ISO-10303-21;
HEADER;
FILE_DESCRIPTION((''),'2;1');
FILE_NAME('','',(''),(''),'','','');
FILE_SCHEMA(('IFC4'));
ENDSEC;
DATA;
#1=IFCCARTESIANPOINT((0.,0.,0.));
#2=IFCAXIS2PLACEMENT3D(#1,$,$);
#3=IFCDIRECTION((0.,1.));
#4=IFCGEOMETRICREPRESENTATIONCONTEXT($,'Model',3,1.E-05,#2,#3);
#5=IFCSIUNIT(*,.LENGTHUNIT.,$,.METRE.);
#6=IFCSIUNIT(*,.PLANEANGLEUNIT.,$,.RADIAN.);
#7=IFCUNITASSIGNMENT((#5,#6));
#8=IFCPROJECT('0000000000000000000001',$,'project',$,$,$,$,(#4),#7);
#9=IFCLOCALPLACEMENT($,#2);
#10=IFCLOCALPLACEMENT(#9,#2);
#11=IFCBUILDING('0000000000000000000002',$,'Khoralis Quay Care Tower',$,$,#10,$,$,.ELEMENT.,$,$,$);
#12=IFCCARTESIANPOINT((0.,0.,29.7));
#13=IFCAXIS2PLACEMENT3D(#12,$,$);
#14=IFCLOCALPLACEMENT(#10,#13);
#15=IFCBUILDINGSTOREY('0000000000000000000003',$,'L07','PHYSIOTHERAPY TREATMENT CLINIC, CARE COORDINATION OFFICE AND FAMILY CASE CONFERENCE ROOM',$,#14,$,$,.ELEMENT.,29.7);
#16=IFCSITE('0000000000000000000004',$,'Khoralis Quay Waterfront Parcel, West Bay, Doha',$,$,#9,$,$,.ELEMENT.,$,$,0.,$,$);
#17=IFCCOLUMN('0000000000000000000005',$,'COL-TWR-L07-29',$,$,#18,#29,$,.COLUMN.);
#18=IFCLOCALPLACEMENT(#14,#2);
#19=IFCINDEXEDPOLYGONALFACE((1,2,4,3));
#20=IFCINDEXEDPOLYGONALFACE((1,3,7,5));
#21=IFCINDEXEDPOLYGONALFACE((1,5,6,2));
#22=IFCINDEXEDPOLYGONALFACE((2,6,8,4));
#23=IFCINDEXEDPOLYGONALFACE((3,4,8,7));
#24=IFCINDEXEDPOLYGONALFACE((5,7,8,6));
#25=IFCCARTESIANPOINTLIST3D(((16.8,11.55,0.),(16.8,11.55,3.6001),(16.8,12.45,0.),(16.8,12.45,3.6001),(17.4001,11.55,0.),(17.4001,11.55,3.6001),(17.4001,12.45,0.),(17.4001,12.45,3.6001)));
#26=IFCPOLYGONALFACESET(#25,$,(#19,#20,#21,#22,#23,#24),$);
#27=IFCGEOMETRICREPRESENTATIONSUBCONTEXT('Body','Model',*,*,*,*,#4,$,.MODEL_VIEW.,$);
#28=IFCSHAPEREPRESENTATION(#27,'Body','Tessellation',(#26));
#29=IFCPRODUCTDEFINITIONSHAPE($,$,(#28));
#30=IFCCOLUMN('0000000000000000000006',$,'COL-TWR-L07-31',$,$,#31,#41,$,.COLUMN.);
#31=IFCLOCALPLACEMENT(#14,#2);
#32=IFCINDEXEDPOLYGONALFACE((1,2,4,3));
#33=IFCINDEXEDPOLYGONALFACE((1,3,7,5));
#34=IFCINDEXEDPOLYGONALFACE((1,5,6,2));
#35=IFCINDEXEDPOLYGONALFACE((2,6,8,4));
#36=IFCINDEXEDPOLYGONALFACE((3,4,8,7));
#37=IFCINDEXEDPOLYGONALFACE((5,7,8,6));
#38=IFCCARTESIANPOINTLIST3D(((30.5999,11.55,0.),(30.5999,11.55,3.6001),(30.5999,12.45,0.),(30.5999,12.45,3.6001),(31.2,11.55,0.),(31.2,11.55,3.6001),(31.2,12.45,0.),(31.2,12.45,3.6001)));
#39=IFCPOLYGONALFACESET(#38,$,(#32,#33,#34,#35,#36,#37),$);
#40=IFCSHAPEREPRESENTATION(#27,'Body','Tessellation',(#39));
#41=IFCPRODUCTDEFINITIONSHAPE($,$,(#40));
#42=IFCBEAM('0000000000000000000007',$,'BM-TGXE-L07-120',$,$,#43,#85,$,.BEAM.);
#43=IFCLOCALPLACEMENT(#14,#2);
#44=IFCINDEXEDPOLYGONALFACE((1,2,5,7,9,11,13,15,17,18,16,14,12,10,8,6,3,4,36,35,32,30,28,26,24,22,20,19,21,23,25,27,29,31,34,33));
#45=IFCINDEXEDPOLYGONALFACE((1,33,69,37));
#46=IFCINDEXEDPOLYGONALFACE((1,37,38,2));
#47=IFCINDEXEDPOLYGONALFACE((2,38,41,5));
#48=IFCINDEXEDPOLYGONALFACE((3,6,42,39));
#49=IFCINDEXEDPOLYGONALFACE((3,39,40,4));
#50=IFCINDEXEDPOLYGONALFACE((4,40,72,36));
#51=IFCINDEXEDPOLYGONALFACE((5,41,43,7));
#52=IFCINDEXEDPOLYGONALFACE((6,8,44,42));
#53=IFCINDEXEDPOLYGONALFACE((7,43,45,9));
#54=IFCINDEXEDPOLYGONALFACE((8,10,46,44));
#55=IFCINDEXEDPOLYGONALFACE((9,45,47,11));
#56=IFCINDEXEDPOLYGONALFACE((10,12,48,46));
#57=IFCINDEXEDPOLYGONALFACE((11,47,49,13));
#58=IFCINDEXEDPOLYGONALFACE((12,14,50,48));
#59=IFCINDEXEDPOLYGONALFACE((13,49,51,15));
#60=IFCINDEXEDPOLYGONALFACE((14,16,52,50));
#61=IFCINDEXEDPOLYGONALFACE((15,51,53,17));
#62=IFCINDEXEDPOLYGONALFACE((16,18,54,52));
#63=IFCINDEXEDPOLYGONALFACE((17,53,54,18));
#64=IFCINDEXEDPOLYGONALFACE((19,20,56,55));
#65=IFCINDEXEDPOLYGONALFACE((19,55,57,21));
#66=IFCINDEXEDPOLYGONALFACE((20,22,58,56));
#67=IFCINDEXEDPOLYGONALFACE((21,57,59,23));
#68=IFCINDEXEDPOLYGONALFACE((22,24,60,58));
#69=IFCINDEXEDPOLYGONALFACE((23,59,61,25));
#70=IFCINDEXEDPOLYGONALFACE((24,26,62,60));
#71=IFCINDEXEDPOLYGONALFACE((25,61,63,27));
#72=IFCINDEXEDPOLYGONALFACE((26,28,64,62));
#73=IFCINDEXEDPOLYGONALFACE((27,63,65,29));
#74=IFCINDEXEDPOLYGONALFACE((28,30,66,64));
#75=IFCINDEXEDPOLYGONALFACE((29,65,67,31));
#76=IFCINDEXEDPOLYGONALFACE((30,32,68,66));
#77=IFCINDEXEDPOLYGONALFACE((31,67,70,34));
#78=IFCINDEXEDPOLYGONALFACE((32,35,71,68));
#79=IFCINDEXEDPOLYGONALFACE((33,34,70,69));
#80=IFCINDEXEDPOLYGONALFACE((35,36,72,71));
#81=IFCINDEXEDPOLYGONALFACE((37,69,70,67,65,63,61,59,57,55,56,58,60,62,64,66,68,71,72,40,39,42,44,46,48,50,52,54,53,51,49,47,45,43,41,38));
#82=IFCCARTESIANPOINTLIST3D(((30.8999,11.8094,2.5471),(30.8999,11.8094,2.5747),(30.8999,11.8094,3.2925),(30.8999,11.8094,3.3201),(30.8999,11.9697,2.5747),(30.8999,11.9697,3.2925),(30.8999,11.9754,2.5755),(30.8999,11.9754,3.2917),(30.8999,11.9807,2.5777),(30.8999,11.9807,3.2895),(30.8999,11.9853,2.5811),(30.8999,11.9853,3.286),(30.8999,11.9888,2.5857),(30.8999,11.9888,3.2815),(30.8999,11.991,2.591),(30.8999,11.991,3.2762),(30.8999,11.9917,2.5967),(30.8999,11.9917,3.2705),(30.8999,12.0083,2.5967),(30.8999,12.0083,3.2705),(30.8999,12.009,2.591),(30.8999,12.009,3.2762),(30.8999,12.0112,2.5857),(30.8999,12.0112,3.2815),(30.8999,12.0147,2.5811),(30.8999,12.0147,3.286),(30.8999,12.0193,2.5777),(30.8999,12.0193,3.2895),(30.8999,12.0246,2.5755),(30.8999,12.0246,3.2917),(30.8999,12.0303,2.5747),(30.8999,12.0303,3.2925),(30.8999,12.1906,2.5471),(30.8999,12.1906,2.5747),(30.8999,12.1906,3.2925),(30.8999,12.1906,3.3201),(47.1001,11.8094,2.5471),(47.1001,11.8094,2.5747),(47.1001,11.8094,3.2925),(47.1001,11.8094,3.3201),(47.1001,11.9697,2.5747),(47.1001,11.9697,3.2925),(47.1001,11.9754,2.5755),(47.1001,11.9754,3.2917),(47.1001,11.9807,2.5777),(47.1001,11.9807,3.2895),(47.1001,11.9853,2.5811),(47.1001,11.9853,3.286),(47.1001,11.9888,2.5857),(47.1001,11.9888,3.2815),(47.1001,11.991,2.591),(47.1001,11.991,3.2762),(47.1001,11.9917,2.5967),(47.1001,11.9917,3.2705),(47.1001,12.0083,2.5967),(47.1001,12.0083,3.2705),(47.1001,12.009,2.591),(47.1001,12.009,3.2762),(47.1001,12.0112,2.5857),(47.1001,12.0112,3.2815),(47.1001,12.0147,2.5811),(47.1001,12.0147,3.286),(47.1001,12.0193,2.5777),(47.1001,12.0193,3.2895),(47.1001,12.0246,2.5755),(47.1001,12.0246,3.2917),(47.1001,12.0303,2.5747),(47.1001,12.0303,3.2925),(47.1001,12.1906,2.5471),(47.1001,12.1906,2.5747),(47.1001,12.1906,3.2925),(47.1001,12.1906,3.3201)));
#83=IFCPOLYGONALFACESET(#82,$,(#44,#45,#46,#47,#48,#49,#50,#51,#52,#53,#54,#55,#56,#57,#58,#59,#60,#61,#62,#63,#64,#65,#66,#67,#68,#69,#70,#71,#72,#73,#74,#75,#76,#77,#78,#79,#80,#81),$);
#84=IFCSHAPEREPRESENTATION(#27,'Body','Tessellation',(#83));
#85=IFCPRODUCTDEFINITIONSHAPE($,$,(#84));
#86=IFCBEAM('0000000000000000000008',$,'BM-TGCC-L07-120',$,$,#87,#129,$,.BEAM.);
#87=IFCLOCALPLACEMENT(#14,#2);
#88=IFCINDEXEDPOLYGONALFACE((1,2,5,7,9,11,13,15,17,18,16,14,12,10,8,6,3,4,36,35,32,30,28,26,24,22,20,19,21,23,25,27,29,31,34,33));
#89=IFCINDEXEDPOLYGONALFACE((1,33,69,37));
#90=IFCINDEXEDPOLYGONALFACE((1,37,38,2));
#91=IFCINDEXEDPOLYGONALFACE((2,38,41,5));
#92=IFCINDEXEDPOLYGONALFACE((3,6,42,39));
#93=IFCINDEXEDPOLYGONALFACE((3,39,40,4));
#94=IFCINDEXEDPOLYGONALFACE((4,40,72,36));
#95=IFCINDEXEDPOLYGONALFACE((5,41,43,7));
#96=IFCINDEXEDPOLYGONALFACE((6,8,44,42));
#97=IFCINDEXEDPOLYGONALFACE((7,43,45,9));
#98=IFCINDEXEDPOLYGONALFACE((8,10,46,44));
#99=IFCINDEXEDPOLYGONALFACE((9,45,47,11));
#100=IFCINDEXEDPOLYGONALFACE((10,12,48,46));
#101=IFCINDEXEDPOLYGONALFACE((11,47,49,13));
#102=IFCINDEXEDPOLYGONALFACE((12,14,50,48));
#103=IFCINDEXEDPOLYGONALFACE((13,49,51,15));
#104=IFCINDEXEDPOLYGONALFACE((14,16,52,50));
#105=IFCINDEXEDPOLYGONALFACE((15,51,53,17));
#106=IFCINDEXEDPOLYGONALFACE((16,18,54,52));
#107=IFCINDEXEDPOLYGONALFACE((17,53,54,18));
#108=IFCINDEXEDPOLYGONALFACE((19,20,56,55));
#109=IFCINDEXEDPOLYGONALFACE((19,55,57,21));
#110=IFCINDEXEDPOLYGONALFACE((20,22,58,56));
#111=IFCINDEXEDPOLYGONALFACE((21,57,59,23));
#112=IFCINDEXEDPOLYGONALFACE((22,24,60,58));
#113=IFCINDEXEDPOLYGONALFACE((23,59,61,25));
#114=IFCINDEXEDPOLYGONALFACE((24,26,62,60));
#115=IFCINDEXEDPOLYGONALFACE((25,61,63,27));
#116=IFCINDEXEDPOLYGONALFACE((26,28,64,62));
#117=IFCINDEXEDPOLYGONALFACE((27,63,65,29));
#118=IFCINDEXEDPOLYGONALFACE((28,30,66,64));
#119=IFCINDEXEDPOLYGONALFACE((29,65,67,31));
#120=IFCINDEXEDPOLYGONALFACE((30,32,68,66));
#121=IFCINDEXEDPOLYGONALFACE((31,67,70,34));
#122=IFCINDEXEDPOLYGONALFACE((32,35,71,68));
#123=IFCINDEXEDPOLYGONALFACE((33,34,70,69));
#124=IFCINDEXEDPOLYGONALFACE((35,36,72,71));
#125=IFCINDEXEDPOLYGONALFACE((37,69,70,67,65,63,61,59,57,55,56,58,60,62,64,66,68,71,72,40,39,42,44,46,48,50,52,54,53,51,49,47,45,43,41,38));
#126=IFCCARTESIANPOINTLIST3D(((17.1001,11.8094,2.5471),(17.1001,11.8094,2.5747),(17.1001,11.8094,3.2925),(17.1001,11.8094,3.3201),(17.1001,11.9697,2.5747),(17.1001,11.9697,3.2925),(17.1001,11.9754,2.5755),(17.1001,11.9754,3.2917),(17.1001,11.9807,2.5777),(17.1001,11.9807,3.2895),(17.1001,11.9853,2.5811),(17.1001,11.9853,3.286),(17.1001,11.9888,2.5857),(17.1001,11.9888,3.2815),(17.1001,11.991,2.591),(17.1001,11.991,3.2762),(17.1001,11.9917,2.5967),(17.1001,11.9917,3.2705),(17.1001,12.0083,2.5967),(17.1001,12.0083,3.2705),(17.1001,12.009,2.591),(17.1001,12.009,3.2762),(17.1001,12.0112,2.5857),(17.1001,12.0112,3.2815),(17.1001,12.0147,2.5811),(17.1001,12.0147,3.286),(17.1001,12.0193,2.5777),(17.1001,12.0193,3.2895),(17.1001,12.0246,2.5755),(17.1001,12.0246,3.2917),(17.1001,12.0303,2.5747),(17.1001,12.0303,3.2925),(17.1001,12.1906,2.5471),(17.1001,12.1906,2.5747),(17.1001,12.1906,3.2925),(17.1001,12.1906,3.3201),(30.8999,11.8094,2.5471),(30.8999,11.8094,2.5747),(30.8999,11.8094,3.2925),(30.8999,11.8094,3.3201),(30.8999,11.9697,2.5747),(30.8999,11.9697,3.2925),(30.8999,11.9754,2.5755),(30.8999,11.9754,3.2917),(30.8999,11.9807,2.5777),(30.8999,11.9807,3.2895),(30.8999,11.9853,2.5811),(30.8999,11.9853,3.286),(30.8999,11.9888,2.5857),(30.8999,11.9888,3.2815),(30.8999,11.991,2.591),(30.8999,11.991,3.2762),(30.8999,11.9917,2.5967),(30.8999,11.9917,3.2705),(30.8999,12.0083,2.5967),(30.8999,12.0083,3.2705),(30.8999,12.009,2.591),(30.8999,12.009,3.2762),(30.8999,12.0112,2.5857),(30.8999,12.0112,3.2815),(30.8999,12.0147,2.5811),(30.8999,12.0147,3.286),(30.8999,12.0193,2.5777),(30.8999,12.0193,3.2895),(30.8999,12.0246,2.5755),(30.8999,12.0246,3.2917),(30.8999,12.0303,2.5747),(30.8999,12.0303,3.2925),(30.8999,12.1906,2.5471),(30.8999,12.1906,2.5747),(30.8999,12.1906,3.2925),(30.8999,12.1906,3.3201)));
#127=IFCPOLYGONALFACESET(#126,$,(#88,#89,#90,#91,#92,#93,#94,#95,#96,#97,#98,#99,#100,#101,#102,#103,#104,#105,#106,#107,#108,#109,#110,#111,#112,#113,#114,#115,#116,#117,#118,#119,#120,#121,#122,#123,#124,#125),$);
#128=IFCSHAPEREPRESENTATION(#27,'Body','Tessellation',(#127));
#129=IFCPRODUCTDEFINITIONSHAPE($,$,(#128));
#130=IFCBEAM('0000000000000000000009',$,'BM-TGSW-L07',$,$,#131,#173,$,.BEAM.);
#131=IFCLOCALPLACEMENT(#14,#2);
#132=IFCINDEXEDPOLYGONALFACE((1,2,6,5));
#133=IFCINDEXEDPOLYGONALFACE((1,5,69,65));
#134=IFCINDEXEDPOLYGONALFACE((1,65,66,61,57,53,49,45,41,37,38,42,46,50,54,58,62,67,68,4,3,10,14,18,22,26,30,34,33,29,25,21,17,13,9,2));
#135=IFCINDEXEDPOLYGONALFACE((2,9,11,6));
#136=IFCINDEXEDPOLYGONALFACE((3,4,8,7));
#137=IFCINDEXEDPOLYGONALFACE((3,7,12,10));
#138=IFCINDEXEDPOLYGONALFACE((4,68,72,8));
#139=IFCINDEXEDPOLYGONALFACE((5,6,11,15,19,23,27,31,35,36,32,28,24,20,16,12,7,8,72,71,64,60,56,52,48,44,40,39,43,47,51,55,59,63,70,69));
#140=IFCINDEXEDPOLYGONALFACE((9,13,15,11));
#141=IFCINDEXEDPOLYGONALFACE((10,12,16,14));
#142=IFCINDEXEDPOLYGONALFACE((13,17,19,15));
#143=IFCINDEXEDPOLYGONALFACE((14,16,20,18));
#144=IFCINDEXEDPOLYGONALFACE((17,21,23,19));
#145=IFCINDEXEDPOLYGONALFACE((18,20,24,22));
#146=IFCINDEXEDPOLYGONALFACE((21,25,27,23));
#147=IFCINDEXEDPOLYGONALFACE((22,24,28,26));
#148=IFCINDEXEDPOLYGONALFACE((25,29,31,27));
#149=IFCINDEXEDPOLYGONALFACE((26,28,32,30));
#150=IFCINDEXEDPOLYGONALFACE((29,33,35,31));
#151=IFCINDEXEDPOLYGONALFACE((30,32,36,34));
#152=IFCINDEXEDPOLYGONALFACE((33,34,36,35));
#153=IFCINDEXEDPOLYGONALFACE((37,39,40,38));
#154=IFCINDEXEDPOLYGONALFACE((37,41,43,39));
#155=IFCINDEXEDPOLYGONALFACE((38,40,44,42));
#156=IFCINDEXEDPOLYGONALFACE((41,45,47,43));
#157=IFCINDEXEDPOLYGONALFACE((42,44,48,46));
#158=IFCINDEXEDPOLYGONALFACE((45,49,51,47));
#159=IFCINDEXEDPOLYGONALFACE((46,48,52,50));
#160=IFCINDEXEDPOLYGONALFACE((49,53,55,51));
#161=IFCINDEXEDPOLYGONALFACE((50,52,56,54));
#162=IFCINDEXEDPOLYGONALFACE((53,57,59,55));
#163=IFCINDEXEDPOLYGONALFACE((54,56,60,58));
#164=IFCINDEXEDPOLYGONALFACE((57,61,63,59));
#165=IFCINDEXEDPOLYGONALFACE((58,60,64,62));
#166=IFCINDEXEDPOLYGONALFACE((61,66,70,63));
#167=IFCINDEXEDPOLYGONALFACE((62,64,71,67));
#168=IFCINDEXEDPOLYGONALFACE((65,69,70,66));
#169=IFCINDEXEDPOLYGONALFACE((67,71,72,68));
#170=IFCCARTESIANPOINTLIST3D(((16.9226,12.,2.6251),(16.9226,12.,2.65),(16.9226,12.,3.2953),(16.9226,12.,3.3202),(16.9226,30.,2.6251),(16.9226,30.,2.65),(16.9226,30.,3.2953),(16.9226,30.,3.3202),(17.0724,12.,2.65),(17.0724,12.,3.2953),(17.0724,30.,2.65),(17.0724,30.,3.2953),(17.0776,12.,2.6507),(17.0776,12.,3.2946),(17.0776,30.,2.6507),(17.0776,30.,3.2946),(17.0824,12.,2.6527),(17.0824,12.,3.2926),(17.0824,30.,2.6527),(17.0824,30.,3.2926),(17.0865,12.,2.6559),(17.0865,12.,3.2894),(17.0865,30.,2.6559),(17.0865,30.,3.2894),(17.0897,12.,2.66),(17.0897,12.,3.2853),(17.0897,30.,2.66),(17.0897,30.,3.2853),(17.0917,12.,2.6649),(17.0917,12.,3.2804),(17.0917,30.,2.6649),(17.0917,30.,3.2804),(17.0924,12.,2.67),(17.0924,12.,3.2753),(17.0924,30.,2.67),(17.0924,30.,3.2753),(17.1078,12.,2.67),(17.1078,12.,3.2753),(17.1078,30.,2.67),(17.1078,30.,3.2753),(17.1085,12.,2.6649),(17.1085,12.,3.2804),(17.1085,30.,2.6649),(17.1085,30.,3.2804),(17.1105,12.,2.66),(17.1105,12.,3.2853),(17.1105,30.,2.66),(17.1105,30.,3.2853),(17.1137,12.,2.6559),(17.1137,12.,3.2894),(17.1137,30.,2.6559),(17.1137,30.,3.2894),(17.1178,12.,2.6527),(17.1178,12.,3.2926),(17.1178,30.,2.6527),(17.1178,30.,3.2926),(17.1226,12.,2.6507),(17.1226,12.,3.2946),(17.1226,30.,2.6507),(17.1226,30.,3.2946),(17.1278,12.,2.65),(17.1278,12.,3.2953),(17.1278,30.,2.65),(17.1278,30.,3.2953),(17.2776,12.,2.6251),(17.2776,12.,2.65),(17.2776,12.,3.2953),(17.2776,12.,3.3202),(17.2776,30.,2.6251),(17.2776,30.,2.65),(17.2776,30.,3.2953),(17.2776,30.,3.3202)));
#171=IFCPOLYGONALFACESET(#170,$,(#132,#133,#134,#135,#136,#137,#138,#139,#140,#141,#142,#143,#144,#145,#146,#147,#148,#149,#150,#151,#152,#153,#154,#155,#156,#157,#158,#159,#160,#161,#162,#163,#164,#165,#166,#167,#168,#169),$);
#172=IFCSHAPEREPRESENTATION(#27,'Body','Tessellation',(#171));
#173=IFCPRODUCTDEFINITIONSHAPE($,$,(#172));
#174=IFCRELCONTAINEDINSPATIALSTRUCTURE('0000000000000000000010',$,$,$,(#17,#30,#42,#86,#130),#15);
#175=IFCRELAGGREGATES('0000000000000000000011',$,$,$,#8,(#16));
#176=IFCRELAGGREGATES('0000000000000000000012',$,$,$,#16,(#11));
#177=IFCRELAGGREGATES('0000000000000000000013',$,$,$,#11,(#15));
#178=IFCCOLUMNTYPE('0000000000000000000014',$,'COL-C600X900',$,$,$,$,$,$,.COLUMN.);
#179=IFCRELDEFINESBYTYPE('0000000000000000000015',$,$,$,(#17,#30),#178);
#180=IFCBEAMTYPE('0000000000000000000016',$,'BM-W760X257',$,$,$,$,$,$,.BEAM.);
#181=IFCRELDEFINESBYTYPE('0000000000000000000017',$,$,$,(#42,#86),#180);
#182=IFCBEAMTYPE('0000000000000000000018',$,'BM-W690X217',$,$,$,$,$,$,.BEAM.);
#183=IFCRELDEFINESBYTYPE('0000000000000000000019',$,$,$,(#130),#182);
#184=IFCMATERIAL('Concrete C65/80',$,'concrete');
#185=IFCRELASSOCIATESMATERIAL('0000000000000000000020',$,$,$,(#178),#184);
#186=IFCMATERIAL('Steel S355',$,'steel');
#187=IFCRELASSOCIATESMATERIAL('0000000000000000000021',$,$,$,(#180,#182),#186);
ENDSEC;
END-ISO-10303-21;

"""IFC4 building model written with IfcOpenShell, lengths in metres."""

from ifc_helpers import new_model, si_unit, direction, frame, origin, origin_2d, place, context, subcontext, project, spatial, rectangle, i_section, extrude, source, transform, mapped, material, material_profile, profile_set, type_object, element, save


model = new_model("IFC4")

# Units and contexts
model_context = context("Model", 3, precision=1e-05, world=origin(), true_north=direction((0.0, 1.0)))
body_context = subcontext(model_context, "Body", "Model", "MODEL_VIEW")
ifc_project = project(units=[si_unit("LENGTHUNIT", "METRE"), si_unit("PLANEANGLEUNIT", "RADIAN")], contexts=[model_context])

# Site, building, storey
site_placement = place(None, origin())
site = spatial("IfcSite", under=ifc_project, at=site_placement, Name="Khoralis Quay Waterfront Parcel, West Bay, Doha", CompositionType="ELEMENT", RefElevation=0.0)
building_placement = place(site_placement, origin())
building = spatial("IfcBuilding", under=site, at=building_placement, Name="Khoralis Quay Care Tower", CompositionType="ELEMENT")
storey_placement = place(building_placement, frame((0.0, 0.0, 29.7)))
storey = spatial("IfcBuildingStorey", under=building, at=storey_placement, Name="L07", Description="PHYSIOTHERAPY TREATMENT CLINIC, CARE COORDINATION OFFICE AND FAMILY CASE CONFERENCE ROOM", CompositionType="ELEMENT", Elevation=29.7)

# Columns
ifc_material_1 = material(Name="Concrete C65/80", Category="concrete")
ifc_material_profile_1 = material_profile(ifc_material_1, rectangle(XDim=0.6001, YDim=0.8999, at=origin_2d()), Name="Concrete C65/80")
ifc_profile_set_1 = profile_set([ifc_material_profile_1], Name="Concrete C65/80")
column_type = type_object("IfcColumnType", Name="COL-C600X900", PredefinedType="COLUMN", material=ifc_profile_set_1)
shared_shape_1 = source(origin(), body_context, "Body", "SweptSolid", [
    extrude(rectangle(XDim=0.6001, YDim=0.8999, at=origin_2d()), origin(), (0.0, 0.0, 1.0), 3.6001),
])
for number, where, z_axis, x_axis, name in (
    (1, (17.1001, 12.0, 0.0), (0.0, 0.0, 1.0), (1.0, 0.0, 0.0), "COL-TWR-L07-29"),
    (2, (30.8999, 12.0, 0.0), (0.0, 0.0, 1.0), (1.0, 0.0, 0.0), "COL-TWR-L07-31"),
):
    element("IfcColumn", number, at=place(storey_placement, frame(where, z_axis=z_axis, x_axis=x_axis)), inside=storey, type_object=column_type, Name=name, PredefinedType="COLUMN", context=body_context, shape_type="MappedRepresentation", body=[
        mapped(shared_shape_1, transform((0.0, 0.0, 0.0), scale=1.0)),
    ])

# Beams
ifc_material_2 = material(Name="Steel S355", Category="steel")
ifc_material_profile_2 = material_profile(ifc_material_2, i_section(OverallWidth=0.3811, OverallDepth=0.7729, WebThickness=0.0166, FlangeThickness=0.0276, FilletRadius=0.022, at=origin_2d()), Name="Steel S355")
ifc_profile_set_2 = profile_set([ifc_material_profile_2], Name="Steel S355")
beam_type_1 = type_object("IfcBeamType", Name="BM-W760X257", PredefinedType="BEAM", material=ifc_profile_set_2)
shared_shape_2 = source(origin(), body_context, "Body", "SweptSolid", [
    extrude(i_section(OverallWidth=0.3811, OverallDepth=0.7729, WebThickness=0.0166, FlangeThickness=0.0276, FilletRadius=0.022, at=origin_2d()), origin(), (0.0, 0.0, 1.0), 16.2002),
])
beam_1_placement = place(storey_placement, frame((30.8999, 12.0, 2.9336), z_axis=(1.0, 0.0, 0.0), x_axis=(0.0, 1.0, 0.0)))
element("IfcBeam", 3, at=beam_1_placement, inside=storey, type_object=beam_type_1, Name="BM-TGXE-L07-120", PredefinedType="BEAM", context=body_context, shape_type="MappedRepresentation", body=[
    mapped(shared_shape_2, transform((0.0, 0.0, 0.0), scale=1.0)),
])
shared_shape_3 = source(origin(), body_context, "Body", "SweptSolid", [
    extrude(i_section(OverallWidth=0.3811, OverallDepth=0.7729, WebThickness=0.0166, FlangeThickness=0.0276, FilletRadius=0.022, at=origin_2d()), origin(), (0.0, 0.0, 1.0), 13.7998),
])
beam_2_placement = place(storey_placement, frame((17.1001, 12.0, 2.9336), z_axis=(1.0, 0.0, 0.0), x_axis=(0.0, 1.0, 0.0)))
element("IfcBeam", 4, at=beam_2_placement, inside=storey, type_object=beam_type_1, Name="BM-TGCC-L07-120", PredefinedType="BEAM", context=body_context, shape_type="MappedRepresentation", body=[
    mapped(shared_shape_3, transform((0.0, 0.0, 0.0), scale=1.0)),
])
ifc_material_profile_3 = material_profile(ifc_material_2, i_section(OverallWidth=0.355, OverallDepth=0.6951, WebThickness=0.0154, FlangeThickness=0.0249, FilletRadius=0.02, at=origin_2d()), Name="Steel S355")
ifc_profile_set_3 = profile_set([ifc_material_profile_3], Name="Steel S355")
beam_type_2 = type_object("IfcBeamType", Name="BM-W690X217", PredefinedType="BEAM", material=ifc_profile_set_3)
shared_shape_4 = source(origin(), body_context, "Body", "SweptSolid", [
    extrude(i_section(OverallWidth=0.355, OverallDepth=0.6951, WebThickness=0.0154, FlangeThickness=0.0249, FilletRadius=0.02, at=origin_2d()), origin(), (0.0, 0.0, 1.0), 18.0),
])
beam_3_placement = place(storey_placement, frame((17.1001, 12.0, 2.9727), z_axis=(0.0, 1.0, 0.0), x_axis=(-1.0, 0.0, 0.0)))
element("IfcBeam", 5, at=beam_3_placement, inside=storey, type_object=beam_type_2, Name="BM-TGSW-L07", PredefinedType="BEAM", context=body_context, shape_type="MappedRepresentation", body=[
    mapped(shared_shape_4, transform((0.0, 0.0, 0.0), scale=1.0)),
])

save(model, "model.ifc")
